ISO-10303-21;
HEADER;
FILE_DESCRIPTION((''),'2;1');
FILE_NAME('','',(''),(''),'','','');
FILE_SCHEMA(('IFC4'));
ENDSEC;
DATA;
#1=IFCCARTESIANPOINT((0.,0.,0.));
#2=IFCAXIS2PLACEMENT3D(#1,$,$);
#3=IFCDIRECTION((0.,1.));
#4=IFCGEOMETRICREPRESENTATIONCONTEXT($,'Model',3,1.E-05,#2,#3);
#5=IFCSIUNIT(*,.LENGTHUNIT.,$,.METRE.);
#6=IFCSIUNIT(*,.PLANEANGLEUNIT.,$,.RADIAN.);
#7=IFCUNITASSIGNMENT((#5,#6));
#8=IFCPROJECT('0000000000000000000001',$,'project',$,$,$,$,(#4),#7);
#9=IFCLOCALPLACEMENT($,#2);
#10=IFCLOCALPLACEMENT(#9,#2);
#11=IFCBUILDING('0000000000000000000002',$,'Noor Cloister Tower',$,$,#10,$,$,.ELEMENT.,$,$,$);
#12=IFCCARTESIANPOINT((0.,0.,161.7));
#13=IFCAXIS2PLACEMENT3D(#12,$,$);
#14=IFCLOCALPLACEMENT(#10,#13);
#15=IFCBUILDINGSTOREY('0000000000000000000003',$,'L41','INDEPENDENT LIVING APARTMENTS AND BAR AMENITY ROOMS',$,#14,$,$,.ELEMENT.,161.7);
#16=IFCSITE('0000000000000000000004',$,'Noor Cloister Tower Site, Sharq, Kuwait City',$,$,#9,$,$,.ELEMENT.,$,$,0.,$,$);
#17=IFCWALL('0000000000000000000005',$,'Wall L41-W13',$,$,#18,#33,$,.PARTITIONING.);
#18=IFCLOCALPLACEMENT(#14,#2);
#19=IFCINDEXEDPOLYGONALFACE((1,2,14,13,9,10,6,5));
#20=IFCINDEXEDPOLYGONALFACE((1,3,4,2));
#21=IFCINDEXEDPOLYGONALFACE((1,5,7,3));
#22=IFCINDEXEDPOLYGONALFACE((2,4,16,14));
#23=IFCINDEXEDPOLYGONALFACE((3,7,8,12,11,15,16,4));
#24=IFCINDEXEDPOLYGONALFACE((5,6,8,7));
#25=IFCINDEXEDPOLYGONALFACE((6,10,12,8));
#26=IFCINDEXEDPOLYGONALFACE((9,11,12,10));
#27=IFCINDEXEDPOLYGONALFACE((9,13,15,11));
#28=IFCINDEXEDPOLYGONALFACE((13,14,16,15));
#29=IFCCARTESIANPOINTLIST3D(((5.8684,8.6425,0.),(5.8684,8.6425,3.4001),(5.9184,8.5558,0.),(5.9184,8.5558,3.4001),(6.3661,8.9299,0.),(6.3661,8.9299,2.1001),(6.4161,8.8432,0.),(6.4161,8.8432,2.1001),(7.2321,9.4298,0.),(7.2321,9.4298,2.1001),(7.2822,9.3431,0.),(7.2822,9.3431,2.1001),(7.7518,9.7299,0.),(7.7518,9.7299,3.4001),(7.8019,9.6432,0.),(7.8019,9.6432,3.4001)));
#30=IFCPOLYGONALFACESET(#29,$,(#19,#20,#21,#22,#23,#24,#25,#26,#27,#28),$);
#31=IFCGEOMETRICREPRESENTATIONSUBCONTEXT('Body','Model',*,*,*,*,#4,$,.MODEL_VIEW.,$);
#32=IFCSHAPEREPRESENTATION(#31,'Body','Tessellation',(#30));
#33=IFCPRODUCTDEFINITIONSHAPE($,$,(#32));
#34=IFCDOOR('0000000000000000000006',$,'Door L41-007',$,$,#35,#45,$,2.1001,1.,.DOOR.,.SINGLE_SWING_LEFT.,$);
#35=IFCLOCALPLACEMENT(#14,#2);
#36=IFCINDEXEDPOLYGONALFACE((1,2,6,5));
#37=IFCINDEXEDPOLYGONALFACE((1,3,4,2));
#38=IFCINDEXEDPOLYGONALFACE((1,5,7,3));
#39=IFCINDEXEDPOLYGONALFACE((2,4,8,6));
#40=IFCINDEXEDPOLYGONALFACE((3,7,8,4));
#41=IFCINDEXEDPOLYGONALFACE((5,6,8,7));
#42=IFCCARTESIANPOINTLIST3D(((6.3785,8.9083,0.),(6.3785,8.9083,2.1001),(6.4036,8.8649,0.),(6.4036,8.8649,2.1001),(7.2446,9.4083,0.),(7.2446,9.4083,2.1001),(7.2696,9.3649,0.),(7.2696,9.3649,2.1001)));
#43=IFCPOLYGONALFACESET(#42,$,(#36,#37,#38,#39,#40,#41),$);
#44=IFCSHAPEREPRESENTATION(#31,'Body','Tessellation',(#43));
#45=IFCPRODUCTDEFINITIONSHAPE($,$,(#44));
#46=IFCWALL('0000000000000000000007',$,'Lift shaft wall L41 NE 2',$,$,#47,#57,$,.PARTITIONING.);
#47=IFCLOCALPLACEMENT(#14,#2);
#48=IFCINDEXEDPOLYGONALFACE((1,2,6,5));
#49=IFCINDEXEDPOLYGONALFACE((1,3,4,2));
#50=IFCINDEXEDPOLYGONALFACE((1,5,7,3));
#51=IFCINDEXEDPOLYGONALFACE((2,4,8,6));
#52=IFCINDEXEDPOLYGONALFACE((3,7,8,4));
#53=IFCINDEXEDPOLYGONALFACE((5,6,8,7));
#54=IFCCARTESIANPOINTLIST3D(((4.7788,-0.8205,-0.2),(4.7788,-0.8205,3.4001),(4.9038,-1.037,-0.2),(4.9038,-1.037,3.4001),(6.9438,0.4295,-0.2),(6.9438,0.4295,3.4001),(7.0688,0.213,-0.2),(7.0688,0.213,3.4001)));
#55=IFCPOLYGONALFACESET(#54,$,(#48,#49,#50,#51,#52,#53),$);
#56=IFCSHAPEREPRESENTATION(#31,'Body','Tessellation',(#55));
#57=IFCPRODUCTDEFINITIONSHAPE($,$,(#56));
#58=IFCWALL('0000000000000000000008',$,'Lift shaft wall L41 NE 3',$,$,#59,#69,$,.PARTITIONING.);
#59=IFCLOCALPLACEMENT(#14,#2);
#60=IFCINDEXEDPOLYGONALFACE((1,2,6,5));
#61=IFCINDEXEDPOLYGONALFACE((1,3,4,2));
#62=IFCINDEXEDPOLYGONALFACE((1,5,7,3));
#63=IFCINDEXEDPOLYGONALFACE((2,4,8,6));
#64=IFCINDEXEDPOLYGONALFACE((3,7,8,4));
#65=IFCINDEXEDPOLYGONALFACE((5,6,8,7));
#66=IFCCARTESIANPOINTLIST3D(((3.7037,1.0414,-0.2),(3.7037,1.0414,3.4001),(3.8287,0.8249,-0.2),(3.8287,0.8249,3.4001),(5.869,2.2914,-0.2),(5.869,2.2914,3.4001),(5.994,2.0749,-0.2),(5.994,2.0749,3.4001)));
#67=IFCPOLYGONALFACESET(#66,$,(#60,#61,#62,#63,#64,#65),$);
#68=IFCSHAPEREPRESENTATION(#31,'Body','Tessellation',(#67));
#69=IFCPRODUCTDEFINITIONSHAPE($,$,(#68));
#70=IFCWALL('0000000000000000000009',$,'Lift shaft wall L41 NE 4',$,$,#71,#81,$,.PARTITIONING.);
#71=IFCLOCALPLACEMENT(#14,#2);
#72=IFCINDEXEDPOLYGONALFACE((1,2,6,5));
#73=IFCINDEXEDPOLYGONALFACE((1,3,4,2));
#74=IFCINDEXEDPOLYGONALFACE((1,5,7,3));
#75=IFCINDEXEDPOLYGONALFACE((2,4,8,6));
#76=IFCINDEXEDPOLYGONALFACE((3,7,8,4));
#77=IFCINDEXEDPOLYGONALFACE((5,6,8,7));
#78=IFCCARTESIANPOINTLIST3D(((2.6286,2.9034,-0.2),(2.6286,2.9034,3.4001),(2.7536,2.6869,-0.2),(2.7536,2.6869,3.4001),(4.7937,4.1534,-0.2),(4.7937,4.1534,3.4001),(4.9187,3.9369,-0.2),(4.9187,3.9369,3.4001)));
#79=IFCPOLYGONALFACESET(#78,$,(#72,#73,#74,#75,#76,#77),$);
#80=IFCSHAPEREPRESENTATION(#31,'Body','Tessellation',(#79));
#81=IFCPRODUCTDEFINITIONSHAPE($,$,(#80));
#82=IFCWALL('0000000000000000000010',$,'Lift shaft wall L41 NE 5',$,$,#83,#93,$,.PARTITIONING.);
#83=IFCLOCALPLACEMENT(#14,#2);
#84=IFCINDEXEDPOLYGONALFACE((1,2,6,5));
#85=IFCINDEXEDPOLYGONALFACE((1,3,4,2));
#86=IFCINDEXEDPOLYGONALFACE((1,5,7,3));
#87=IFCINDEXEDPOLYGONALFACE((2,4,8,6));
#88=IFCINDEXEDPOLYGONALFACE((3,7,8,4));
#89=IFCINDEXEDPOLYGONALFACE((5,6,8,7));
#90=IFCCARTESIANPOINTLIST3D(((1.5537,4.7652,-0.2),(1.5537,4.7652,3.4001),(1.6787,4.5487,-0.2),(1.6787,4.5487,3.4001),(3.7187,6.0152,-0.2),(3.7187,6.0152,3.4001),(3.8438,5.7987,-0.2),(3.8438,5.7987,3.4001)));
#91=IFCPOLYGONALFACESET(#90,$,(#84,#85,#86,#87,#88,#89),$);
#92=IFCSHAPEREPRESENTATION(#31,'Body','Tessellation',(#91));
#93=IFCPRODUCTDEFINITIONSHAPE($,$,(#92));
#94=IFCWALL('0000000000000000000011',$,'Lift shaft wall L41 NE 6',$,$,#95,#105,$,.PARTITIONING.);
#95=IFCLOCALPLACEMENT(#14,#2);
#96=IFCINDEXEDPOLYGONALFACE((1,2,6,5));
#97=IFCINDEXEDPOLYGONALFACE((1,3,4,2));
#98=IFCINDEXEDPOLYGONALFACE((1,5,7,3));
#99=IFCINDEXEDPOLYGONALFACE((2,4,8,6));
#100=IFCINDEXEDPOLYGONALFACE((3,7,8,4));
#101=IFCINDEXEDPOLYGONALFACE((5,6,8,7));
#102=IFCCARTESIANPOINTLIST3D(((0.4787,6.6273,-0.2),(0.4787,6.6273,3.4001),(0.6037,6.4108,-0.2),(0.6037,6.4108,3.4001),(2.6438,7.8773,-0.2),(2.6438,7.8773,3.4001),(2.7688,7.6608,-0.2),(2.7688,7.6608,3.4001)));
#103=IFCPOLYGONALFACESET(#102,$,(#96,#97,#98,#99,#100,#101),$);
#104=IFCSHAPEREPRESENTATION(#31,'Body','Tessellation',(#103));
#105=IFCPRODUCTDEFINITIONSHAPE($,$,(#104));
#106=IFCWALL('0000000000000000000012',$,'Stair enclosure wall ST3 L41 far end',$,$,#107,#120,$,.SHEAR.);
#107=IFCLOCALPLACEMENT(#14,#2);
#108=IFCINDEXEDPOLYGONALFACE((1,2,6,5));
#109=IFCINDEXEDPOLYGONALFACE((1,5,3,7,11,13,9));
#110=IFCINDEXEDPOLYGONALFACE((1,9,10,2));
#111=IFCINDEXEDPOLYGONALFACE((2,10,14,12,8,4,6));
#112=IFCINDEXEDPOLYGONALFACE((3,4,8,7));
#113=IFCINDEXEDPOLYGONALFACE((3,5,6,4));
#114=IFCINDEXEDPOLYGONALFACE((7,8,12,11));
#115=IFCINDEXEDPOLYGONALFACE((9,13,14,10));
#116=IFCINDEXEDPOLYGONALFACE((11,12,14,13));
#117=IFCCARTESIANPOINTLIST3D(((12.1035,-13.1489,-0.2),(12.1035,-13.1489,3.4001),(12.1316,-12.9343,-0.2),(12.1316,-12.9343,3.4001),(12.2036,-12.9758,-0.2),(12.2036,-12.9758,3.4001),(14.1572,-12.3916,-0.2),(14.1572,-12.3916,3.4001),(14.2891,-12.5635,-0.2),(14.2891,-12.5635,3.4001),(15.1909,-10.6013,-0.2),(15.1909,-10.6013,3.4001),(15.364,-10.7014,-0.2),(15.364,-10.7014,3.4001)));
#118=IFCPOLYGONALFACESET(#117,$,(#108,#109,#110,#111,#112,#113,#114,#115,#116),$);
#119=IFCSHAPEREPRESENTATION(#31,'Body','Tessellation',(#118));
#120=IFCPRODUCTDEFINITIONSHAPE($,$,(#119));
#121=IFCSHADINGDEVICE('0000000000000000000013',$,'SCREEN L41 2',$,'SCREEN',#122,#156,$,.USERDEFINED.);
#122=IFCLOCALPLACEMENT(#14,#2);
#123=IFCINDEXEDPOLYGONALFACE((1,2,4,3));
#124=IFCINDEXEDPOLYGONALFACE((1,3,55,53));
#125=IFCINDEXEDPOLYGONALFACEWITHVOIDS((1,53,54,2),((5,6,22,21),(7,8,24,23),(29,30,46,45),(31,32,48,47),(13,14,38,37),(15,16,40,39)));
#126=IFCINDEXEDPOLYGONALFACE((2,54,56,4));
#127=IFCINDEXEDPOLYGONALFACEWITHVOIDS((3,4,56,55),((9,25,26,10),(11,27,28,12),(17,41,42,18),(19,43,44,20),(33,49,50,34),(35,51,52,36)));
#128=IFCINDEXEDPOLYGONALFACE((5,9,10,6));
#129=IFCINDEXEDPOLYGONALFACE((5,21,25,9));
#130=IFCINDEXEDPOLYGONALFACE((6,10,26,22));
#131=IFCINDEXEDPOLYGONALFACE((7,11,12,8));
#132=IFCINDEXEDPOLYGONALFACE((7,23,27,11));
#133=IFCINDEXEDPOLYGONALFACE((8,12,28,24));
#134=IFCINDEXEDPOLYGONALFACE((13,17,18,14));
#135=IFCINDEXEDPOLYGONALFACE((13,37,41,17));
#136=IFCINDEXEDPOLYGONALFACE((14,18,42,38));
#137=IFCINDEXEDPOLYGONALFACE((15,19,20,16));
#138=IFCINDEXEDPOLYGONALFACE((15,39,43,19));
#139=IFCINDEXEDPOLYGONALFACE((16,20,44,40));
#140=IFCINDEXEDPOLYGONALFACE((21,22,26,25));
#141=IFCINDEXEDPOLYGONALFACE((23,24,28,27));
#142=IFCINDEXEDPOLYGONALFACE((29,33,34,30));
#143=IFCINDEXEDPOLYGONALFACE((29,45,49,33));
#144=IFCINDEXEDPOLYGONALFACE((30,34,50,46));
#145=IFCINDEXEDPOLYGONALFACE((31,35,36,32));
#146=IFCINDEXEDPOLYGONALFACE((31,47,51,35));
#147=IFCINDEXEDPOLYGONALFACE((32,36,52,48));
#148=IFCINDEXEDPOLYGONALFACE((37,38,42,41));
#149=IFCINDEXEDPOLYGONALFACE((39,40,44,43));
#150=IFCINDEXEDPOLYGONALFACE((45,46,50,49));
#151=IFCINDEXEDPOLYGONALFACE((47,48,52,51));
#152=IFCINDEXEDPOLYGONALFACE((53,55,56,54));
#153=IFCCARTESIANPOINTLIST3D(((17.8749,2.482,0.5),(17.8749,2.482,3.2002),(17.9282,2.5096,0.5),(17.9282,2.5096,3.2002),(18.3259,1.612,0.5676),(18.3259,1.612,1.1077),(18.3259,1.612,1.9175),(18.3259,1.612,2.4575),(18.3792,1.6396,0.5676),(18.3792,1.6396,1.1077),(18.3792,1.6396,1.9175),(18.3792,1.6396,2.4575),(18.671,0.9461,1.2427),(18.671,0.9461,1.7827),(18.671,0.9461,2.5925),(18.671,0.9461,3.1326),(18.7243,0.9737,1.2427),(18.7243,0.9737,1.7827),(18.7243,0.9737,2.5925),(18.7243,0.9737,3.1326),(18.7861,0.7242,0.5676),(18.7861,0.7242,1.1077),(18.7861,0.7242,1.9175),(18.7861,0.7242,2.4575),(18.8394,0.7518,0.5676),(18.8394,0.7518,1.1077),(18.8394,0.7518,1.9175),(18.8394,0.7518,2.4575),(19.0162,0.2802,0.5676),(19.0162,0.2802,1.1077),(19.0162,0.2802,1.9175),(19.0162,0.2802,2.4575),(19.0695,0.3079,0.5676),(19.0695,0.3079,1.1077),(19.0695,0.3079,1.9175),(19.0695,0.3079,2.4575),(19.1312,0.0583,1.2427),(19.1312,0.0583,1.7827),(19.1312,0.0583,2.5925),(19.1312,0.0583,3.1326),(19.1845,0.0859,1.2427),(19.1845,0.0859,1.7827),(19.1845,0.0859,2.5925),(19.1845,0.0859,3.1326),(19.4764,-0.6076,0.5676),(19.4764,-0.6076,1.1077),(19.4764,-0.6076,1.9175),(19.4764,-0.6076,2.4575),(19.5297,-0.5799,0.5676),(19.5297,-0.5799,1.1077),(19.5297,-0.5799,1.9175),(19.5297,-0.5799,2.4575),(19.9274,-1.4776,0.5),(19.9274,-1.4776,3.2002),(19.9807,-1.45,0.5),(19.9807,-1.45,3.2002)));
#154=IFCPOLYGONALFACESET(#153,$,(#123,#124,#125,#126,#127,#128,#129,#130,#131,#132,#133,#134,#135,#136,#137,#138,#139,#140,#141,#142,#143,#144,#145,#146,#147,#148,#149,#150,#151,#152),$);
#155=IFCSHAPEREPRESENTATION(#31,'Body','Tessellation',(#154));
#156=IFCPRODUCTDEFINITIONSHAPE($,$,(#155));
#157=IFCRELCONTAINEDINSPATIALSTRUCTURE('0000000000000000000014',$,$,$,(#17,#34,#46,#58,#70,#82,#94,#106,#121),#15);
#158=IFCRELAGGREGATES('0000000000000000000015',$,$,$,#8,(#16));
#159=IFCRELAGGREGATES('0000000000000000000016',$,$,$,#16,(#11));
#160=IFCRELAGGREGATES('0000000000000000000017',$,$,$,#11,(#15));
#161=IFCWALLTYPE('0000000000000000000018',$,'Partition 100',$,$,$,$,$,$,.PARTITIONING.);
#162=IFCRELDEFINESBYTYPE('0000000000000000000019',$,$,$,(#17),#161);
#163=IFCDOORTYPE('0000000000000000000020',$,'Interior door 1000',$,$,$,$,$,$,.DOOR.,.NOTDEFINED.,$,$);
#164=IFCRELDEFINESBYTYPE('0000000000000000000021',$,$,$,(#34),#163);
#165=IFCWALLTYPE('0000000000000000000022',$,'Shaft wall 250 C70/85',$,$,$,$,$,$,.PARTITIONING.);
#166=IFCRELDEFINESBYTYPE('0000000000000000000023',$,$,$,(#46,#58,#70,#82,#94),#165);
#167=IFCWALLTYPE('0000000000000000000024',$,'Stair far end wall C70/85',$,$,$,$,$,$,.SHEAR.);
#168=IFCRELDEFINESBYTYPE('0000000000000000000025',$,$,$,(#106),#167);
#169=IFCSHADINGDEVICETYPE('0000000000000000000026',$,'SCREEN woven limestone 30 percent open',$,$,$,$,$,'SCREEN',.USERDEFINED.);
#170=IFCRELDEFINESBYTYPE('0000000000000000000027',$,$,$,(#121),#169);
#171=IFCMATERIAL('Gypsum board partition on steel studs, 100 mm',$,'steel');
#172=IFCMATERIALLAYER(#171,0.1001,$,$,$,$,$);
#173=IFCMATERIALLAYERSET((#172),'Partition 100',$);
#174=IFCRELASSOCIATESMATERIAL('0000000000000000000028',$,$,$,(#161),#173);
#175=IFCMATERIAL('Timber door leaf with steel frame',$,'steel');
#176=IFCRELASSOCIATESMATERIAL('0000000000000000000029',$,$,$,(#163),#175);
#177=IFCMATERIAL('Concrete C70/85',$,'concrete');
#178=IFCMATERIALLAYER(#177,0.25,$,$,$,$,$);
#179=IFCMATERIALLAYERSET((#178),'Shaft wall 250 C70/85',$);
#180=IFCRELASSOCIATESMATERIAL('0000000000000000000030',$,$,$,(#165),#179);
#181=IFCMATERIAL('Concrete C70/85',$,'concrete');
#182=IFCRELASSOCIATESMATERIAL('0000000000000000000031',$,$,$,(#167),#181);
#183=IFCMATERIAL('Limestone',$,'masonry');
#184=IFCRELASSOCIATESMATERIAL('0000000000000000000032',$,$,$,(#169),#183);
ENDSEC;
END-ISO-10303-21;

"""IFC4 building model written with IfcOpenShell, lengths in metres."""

from ifc_helpers import new_model, si_unit, direction, frame, frame_2d, origin, place, context, subcontext, project, spatial, polyline, rectangle, outline, extrude, material, layer, layer_set, material_profile, profile_set, type_object, element, fill, save


model = new_model("IFC4")

# Units and contexts
model_context = context("Model", 3, precision=1e-05, world=origin(), true_north=direction((0.0, 1.0)))
body_context = subcontext(model_context, "Body", "Model", "MODEL_VIEW")
ifc_project = project(units=[si_unit("LENGTHUNIT", "METRE"), si_unit("PLANEANGLEUNIT", "RADIAN")], contexts=[model_context])

# Site, building, storey
site_placement = place(None, origin())
site = spatial("IfcSite", under=ifc_project, at=site_placement, Name="Noor Cloister Tower Site, Sharq, Kuwait City", CompositionType="ELEMENT", RefElevation=0.0)
building_placement = place(site_placement, origin())
building = spatial("IfcBuilding", under=site, at=building_placement, Name="Noor Cloister Tower", CompositionType="ELEMENT")
storey_placement = place(building_placement, frame((0.0, 0.0, 161.7)))
storey = spatial("IfcBuildingStorey", under=building, at=storey_placement, Name="L41", Description="INDEPENDENT LIVING APARTMENTS AND BAR AMENITY ROOMS", CompositionType="ELEMENT", Elevation=161.7)

# Shared definitions
ifc_material_1 = material(Name="Gypsum board partition on steel studs, 100 mm", Category="steel")
ifc_layer_1 = layer(ifc_material_1, 0.1001)
ifc_layer_set_1 = layer_set([ifc_layer_1], Name="Partition 100")
wall_type_1 = type_object("IfcWallType", Name="Partition 100", PredefinedType="PARTITIONING", material=ifc_layer_set_1)

# Wall, opening, door
wall_1_placement = place(storey_placement, frame((7.7769, 9.6865, 0.0), z_axis=(0.0, 0.0, 1.0), x_axis=(-0.866038, -0.499978, 0.0)))
wall_1 = element("IfcWall", 1, at=wall_1_placement, inside=storey, type_object=wall_type_1, Name="Wall L41-W13", PredefinedType="PARTITIONING", context=body_context, shape_type="SweptSolid", body=[
    extrude(rectangle(XDim=2.1748, YDim=0.1001, at=frame_2d((1.0874, 0.0))), origin(), (0.0, 0.0, 1.0), 3.4001),
])
opening_1_placement = place(wall_1_placement, frame((0.6001, 0.0, 0.0)))
opening_1 = element("IfcOpeningElement", 2, at=opening_1_placement, cuts=wall_1, PredefinedType="OPENING", context=body_context, shape_type="SweptSolid", body=[
    extrude(rectangle(XDim=1.0, YDim=2.1001, at=frame_2d((0.5, 1.05))), frame((0.0, 0.0601, 0.0), z_axis=(0.0, -1.0, 0.0), x_axis=(1.0, 0.0, 0.0)), (0.0, 0.0, 1.0), 0.1201),
])
ifc_material_2 = material(Name="Timber door leaf with steel frame", Category="steel")
door_type_1 = type_object("IfcDoorType", Name="Interior door 1000", OperationType="NOTDEFINED", PredefinedType="DOOR", material=ifc_material_2)
door_1_placement = place(opening_1_placement, origin())
door_1 = element("IfcDoor", 3, at=door_1_placement, inside=storey, type_object=door_type_1, Name="Door L41-007", OperationType="SINGLE_SWING_LEFT", OverallHeight=2.1001, OverallWidth=1.0, PredefinedType="DOOR", context=body_context, shape_type="SweptSolid", body=[
    extrude(rectangle(XDim=1.0, YDim=2.1001, at=frame_2d((0.5, 1.05))), frame((0.0, 0.0249, 0.0), z_axis=(0.0, -1.0, 0.0), x_axis=(1.0, 0.0, 0.0)), (0.0, 0.0, 1.0), 0.05),
])
fill(opening_1, door_1)

# Walls
ifc_material_3 = material(Name="Concrete C70/85", Category="concrete")
ifc_layer_2 = layer(ifc_material_3, 0.25)
ifc_layer_set_2 = layer_set([ifc_layer_2], Name="Shaft wall 250 C70/85")
wall_type_2 = type_object("IfcWallType", Name="Shaft wall 250 C70/85", PredefinedType="PARTITIONING", material=ifc_layer_set_2)
wall_2_placement = place(storey_placement, frame((7.0063, 0.3213, -0.2), z_axis=(0.0, 0.0, 1.0), x_axis=(-0.866023, -0.500004, 0.0)))
element("IfcWall", 4, at=wall_2_placement, inside=storey, type_object=wall_type_2, Name="Lift shaft wall L41 NE 2", PredefinedType="PARTITIONING", context=body_context, shape_type="SweptSolid", body=[
    extrude(rectangle(XDim=2.5, YDim=0.25, at=frame_2d((1.25, 0.0))), origin(), (0.0, 0.0, 1.0), 3.6001),
])
wall_3_placement = place(storey_placement, frame((5.9314, 2.1831, -0.2), z_axis=(0.0, 0.0, 1.0), x_axis=(-0.866047, -0.499962, 0.0)))
element("IfcWall", 5, at=wall_3_placement, inside=storey, type_object=wall_type_2, Name="Lift shaft wall L41 NE 3", PredefinedType="PARTITIONING", context=body_context, shape_type="SweptSolid", body=[
    extrude(rectangle(XDim=2.5002, YDim=0.25, at=frame_2d((1.25, 0.0))), origin(), (0.0, 0.0, 1.0), 3.6001),
])
for number, where, z_axis, x_axis, name in (
    (6, (4.8562, 4.0452, -0.2), (0.0, 0.0, 1.0), (-0.866023, -0.500004, 0.0), "Lift shaft wall L41 NE 4"),
    (7, (3.7812, 5.907, -0.2), (0.0, 0.0, 1.0), (-0.866023, -0.500004, 0.0), "Lift shaft wall L41 NE 5"),
    (8, (2.7063, 7.769, -0.2), (0.0, 0.0, 1.0), (-0.866023, -0.500004, 0.0), "Lift shaft wall L41 NE 6"),
):
    element("IfcWall", number, at=place(storey_placement, frame(where, z_axis=z_axis, x_axis=x_axis)), inside=storey, type_object=wall_type_2, Name=name, PredefinedType="PARTITIONING", context=body_context, shape_type="SweptSolid", body=[
        extrude(rectangle(XDim=2.5, YDim=0.25, at=frame_2d((1.25, 0.0))), origin(), (0.0, 0.0, 1.0), 3.6001),
    ])
ifc_material_4 = material(Name="Concrete C70/85", Category="concrete")
wall_type_3 = type_object("IfcWallType", Name="Stair far end wall C70/85", PredefinedType="SHEAR", material=ifc_material_4)
wall_4_placement = place(storey_placement, frame((0.0, 0.0, -0.2)))
element("IfcWall", 9, at=wall_4_placement, inside=storey, type_object=wall_type_3, Name="Stair enclosure wall ST3 L41 far end", PredefinedType="SHEAR", context=body_context, shape_type="SweptSolid", body=[
    extrude(outline(polyline([(12.1035, -13.1489), (14.2891, -12.5635), (15.364, -10.7014), (15.1909, -10.6013), (14.1572, -12.3916), (12.1316, -12.9343), (12.2036, -12.9758), (12.2036, -12.9758), (12.2036, -12.9758), (12.2036, -12.9758), (12.2036, -12.9758), (12.2036, -12.9758), (12.2036, -12.9758), (12.2036, -12.9758), (12.2036, -12.9758), (12.2036, -12.9758), (12.2036, -12.9758), (12.2036, -12.9758), (12.2036, -12.9758), (12.2036, -12.9758), (12.2036, -12.9758), (12.2036, -12.9758), (12.2036, -12.9758), (12.1035, -13.1489)])), origin(), (0.0, 0.0, 1.0), 3.6001),
])

# Shading device
ifc_material_5 = material(Name="Limestone", Category="masonry")
ifc_material_profile_1 = material_profile(ifc_material_5, outline(polyline([(-2.23, -1.3501), (2.23, -1.3501), (2.23, 1.3501), (-2.23, 1.3501), (-2.23, -1.3501)]), holes=[polyline([(-1.25, -1.2825), (-0.25, -1.2825), (-0.25, -0.7424), (-1.25, -0.7424), (-1.25, -1.2825)]), polyline([(0.25, -1.2825), (1.25, -1.2825), (1.25, -0.7424), (0.25, -0.7424), (0.25, -1.2825)]), polyline([(-0.5, -0.6074), (0.5, -0.6074), (0.5, -0.0674), (-0.5, -0.0674), (-0.5, -0.6074)]), polyline([(-1.25, 0.0674), (-0.25, 0.0674), (-0.25, 0.6074), (-1.25, 0.6074), (-1.25, 0.0674)]), polyline([(0.25, 0.0674), (1.25, 0.0674), (1.25, 0.6074), (0.25, 0.6074), (0.25, 0.0674)]), polyline([(-0.5, 0.7424), (0.5, 0.7424), (0.5, 1.2825), (-0.5, 1.2825), (-0.5, 0.7424)])]), Name="Woven screen 30 percent open")
ifc_profile_set_1 = profile_set([ifc_material_profile_1], Name="Limestone")
shading_device_type = type_object("IfcShadingDeviceType", Name="SCREEN woven limestone 30 percent open", ElementType="SCREEN", PredefinedType="USERDEFINED", material=ifc_profile_set_1)
for number, where, z_axis, x_axis, name in (
    (10, (18.9011, 0.5022, 1.8501), (0.887816, 0.460198, 0.0), (-0.460198, 0.887816, 0.0), "SCREEN L41 2"),
):
    element("IfcShadingDevice", number, at=place(storey_placement, frame(where, z_axis=z_axis, x_axis=x_axis)), inside=storey, type_object=shading_device_type, Name=name, ObjectType="SCREEN", PredefinedType="USERDEFINED", context=body_context, shape_type="SweptSolid", body=[
        extrude(outline(polyline([(-2.23, -1.3501), (2.23, -1.3501), (2.23, 1.3501), (-2.23, 1.3501), (-2.23, -1.3501)]), holes=[polyline([(-1.25, -1.2825), (-0.25, -1.2825), (-0.25, -0.7424), (-1.25, -0.7424), (-1.25, -1.2825)]), polyline([(0.25, -1.2825), (1.25, -1.2825), (1.25, -0.7424), (0.25, -0.7424), (0.25, -1.2825)]), polyline([(-0.5, -0.6074), (0.5, -0.6074), (0.5, -0.0674), (-0.5, -0.0674), (-0.5, -0.6074)]), polyline([(-1.25, 0.0674), (-0.25, 0.0674), (-0.25, 0.6074), (-1.25, 0.6074), (-1.25, 0.0674)]), polyline([(0.25, 0.0674), (1.25, 0.0674), (1.25, 0.6074), (0.25, 0.6074), (0.25, 0.0674)]), polyline([(-0.5, 0.7424), (0.5, 0.7424), (0.5, 1.2825), (-0.5, 1.2825), (-0.5, 0.7424)])]), origin(), (0.0, 0.0, 1.0), 0.0601),
    ])

save(model, "model.ifc")
